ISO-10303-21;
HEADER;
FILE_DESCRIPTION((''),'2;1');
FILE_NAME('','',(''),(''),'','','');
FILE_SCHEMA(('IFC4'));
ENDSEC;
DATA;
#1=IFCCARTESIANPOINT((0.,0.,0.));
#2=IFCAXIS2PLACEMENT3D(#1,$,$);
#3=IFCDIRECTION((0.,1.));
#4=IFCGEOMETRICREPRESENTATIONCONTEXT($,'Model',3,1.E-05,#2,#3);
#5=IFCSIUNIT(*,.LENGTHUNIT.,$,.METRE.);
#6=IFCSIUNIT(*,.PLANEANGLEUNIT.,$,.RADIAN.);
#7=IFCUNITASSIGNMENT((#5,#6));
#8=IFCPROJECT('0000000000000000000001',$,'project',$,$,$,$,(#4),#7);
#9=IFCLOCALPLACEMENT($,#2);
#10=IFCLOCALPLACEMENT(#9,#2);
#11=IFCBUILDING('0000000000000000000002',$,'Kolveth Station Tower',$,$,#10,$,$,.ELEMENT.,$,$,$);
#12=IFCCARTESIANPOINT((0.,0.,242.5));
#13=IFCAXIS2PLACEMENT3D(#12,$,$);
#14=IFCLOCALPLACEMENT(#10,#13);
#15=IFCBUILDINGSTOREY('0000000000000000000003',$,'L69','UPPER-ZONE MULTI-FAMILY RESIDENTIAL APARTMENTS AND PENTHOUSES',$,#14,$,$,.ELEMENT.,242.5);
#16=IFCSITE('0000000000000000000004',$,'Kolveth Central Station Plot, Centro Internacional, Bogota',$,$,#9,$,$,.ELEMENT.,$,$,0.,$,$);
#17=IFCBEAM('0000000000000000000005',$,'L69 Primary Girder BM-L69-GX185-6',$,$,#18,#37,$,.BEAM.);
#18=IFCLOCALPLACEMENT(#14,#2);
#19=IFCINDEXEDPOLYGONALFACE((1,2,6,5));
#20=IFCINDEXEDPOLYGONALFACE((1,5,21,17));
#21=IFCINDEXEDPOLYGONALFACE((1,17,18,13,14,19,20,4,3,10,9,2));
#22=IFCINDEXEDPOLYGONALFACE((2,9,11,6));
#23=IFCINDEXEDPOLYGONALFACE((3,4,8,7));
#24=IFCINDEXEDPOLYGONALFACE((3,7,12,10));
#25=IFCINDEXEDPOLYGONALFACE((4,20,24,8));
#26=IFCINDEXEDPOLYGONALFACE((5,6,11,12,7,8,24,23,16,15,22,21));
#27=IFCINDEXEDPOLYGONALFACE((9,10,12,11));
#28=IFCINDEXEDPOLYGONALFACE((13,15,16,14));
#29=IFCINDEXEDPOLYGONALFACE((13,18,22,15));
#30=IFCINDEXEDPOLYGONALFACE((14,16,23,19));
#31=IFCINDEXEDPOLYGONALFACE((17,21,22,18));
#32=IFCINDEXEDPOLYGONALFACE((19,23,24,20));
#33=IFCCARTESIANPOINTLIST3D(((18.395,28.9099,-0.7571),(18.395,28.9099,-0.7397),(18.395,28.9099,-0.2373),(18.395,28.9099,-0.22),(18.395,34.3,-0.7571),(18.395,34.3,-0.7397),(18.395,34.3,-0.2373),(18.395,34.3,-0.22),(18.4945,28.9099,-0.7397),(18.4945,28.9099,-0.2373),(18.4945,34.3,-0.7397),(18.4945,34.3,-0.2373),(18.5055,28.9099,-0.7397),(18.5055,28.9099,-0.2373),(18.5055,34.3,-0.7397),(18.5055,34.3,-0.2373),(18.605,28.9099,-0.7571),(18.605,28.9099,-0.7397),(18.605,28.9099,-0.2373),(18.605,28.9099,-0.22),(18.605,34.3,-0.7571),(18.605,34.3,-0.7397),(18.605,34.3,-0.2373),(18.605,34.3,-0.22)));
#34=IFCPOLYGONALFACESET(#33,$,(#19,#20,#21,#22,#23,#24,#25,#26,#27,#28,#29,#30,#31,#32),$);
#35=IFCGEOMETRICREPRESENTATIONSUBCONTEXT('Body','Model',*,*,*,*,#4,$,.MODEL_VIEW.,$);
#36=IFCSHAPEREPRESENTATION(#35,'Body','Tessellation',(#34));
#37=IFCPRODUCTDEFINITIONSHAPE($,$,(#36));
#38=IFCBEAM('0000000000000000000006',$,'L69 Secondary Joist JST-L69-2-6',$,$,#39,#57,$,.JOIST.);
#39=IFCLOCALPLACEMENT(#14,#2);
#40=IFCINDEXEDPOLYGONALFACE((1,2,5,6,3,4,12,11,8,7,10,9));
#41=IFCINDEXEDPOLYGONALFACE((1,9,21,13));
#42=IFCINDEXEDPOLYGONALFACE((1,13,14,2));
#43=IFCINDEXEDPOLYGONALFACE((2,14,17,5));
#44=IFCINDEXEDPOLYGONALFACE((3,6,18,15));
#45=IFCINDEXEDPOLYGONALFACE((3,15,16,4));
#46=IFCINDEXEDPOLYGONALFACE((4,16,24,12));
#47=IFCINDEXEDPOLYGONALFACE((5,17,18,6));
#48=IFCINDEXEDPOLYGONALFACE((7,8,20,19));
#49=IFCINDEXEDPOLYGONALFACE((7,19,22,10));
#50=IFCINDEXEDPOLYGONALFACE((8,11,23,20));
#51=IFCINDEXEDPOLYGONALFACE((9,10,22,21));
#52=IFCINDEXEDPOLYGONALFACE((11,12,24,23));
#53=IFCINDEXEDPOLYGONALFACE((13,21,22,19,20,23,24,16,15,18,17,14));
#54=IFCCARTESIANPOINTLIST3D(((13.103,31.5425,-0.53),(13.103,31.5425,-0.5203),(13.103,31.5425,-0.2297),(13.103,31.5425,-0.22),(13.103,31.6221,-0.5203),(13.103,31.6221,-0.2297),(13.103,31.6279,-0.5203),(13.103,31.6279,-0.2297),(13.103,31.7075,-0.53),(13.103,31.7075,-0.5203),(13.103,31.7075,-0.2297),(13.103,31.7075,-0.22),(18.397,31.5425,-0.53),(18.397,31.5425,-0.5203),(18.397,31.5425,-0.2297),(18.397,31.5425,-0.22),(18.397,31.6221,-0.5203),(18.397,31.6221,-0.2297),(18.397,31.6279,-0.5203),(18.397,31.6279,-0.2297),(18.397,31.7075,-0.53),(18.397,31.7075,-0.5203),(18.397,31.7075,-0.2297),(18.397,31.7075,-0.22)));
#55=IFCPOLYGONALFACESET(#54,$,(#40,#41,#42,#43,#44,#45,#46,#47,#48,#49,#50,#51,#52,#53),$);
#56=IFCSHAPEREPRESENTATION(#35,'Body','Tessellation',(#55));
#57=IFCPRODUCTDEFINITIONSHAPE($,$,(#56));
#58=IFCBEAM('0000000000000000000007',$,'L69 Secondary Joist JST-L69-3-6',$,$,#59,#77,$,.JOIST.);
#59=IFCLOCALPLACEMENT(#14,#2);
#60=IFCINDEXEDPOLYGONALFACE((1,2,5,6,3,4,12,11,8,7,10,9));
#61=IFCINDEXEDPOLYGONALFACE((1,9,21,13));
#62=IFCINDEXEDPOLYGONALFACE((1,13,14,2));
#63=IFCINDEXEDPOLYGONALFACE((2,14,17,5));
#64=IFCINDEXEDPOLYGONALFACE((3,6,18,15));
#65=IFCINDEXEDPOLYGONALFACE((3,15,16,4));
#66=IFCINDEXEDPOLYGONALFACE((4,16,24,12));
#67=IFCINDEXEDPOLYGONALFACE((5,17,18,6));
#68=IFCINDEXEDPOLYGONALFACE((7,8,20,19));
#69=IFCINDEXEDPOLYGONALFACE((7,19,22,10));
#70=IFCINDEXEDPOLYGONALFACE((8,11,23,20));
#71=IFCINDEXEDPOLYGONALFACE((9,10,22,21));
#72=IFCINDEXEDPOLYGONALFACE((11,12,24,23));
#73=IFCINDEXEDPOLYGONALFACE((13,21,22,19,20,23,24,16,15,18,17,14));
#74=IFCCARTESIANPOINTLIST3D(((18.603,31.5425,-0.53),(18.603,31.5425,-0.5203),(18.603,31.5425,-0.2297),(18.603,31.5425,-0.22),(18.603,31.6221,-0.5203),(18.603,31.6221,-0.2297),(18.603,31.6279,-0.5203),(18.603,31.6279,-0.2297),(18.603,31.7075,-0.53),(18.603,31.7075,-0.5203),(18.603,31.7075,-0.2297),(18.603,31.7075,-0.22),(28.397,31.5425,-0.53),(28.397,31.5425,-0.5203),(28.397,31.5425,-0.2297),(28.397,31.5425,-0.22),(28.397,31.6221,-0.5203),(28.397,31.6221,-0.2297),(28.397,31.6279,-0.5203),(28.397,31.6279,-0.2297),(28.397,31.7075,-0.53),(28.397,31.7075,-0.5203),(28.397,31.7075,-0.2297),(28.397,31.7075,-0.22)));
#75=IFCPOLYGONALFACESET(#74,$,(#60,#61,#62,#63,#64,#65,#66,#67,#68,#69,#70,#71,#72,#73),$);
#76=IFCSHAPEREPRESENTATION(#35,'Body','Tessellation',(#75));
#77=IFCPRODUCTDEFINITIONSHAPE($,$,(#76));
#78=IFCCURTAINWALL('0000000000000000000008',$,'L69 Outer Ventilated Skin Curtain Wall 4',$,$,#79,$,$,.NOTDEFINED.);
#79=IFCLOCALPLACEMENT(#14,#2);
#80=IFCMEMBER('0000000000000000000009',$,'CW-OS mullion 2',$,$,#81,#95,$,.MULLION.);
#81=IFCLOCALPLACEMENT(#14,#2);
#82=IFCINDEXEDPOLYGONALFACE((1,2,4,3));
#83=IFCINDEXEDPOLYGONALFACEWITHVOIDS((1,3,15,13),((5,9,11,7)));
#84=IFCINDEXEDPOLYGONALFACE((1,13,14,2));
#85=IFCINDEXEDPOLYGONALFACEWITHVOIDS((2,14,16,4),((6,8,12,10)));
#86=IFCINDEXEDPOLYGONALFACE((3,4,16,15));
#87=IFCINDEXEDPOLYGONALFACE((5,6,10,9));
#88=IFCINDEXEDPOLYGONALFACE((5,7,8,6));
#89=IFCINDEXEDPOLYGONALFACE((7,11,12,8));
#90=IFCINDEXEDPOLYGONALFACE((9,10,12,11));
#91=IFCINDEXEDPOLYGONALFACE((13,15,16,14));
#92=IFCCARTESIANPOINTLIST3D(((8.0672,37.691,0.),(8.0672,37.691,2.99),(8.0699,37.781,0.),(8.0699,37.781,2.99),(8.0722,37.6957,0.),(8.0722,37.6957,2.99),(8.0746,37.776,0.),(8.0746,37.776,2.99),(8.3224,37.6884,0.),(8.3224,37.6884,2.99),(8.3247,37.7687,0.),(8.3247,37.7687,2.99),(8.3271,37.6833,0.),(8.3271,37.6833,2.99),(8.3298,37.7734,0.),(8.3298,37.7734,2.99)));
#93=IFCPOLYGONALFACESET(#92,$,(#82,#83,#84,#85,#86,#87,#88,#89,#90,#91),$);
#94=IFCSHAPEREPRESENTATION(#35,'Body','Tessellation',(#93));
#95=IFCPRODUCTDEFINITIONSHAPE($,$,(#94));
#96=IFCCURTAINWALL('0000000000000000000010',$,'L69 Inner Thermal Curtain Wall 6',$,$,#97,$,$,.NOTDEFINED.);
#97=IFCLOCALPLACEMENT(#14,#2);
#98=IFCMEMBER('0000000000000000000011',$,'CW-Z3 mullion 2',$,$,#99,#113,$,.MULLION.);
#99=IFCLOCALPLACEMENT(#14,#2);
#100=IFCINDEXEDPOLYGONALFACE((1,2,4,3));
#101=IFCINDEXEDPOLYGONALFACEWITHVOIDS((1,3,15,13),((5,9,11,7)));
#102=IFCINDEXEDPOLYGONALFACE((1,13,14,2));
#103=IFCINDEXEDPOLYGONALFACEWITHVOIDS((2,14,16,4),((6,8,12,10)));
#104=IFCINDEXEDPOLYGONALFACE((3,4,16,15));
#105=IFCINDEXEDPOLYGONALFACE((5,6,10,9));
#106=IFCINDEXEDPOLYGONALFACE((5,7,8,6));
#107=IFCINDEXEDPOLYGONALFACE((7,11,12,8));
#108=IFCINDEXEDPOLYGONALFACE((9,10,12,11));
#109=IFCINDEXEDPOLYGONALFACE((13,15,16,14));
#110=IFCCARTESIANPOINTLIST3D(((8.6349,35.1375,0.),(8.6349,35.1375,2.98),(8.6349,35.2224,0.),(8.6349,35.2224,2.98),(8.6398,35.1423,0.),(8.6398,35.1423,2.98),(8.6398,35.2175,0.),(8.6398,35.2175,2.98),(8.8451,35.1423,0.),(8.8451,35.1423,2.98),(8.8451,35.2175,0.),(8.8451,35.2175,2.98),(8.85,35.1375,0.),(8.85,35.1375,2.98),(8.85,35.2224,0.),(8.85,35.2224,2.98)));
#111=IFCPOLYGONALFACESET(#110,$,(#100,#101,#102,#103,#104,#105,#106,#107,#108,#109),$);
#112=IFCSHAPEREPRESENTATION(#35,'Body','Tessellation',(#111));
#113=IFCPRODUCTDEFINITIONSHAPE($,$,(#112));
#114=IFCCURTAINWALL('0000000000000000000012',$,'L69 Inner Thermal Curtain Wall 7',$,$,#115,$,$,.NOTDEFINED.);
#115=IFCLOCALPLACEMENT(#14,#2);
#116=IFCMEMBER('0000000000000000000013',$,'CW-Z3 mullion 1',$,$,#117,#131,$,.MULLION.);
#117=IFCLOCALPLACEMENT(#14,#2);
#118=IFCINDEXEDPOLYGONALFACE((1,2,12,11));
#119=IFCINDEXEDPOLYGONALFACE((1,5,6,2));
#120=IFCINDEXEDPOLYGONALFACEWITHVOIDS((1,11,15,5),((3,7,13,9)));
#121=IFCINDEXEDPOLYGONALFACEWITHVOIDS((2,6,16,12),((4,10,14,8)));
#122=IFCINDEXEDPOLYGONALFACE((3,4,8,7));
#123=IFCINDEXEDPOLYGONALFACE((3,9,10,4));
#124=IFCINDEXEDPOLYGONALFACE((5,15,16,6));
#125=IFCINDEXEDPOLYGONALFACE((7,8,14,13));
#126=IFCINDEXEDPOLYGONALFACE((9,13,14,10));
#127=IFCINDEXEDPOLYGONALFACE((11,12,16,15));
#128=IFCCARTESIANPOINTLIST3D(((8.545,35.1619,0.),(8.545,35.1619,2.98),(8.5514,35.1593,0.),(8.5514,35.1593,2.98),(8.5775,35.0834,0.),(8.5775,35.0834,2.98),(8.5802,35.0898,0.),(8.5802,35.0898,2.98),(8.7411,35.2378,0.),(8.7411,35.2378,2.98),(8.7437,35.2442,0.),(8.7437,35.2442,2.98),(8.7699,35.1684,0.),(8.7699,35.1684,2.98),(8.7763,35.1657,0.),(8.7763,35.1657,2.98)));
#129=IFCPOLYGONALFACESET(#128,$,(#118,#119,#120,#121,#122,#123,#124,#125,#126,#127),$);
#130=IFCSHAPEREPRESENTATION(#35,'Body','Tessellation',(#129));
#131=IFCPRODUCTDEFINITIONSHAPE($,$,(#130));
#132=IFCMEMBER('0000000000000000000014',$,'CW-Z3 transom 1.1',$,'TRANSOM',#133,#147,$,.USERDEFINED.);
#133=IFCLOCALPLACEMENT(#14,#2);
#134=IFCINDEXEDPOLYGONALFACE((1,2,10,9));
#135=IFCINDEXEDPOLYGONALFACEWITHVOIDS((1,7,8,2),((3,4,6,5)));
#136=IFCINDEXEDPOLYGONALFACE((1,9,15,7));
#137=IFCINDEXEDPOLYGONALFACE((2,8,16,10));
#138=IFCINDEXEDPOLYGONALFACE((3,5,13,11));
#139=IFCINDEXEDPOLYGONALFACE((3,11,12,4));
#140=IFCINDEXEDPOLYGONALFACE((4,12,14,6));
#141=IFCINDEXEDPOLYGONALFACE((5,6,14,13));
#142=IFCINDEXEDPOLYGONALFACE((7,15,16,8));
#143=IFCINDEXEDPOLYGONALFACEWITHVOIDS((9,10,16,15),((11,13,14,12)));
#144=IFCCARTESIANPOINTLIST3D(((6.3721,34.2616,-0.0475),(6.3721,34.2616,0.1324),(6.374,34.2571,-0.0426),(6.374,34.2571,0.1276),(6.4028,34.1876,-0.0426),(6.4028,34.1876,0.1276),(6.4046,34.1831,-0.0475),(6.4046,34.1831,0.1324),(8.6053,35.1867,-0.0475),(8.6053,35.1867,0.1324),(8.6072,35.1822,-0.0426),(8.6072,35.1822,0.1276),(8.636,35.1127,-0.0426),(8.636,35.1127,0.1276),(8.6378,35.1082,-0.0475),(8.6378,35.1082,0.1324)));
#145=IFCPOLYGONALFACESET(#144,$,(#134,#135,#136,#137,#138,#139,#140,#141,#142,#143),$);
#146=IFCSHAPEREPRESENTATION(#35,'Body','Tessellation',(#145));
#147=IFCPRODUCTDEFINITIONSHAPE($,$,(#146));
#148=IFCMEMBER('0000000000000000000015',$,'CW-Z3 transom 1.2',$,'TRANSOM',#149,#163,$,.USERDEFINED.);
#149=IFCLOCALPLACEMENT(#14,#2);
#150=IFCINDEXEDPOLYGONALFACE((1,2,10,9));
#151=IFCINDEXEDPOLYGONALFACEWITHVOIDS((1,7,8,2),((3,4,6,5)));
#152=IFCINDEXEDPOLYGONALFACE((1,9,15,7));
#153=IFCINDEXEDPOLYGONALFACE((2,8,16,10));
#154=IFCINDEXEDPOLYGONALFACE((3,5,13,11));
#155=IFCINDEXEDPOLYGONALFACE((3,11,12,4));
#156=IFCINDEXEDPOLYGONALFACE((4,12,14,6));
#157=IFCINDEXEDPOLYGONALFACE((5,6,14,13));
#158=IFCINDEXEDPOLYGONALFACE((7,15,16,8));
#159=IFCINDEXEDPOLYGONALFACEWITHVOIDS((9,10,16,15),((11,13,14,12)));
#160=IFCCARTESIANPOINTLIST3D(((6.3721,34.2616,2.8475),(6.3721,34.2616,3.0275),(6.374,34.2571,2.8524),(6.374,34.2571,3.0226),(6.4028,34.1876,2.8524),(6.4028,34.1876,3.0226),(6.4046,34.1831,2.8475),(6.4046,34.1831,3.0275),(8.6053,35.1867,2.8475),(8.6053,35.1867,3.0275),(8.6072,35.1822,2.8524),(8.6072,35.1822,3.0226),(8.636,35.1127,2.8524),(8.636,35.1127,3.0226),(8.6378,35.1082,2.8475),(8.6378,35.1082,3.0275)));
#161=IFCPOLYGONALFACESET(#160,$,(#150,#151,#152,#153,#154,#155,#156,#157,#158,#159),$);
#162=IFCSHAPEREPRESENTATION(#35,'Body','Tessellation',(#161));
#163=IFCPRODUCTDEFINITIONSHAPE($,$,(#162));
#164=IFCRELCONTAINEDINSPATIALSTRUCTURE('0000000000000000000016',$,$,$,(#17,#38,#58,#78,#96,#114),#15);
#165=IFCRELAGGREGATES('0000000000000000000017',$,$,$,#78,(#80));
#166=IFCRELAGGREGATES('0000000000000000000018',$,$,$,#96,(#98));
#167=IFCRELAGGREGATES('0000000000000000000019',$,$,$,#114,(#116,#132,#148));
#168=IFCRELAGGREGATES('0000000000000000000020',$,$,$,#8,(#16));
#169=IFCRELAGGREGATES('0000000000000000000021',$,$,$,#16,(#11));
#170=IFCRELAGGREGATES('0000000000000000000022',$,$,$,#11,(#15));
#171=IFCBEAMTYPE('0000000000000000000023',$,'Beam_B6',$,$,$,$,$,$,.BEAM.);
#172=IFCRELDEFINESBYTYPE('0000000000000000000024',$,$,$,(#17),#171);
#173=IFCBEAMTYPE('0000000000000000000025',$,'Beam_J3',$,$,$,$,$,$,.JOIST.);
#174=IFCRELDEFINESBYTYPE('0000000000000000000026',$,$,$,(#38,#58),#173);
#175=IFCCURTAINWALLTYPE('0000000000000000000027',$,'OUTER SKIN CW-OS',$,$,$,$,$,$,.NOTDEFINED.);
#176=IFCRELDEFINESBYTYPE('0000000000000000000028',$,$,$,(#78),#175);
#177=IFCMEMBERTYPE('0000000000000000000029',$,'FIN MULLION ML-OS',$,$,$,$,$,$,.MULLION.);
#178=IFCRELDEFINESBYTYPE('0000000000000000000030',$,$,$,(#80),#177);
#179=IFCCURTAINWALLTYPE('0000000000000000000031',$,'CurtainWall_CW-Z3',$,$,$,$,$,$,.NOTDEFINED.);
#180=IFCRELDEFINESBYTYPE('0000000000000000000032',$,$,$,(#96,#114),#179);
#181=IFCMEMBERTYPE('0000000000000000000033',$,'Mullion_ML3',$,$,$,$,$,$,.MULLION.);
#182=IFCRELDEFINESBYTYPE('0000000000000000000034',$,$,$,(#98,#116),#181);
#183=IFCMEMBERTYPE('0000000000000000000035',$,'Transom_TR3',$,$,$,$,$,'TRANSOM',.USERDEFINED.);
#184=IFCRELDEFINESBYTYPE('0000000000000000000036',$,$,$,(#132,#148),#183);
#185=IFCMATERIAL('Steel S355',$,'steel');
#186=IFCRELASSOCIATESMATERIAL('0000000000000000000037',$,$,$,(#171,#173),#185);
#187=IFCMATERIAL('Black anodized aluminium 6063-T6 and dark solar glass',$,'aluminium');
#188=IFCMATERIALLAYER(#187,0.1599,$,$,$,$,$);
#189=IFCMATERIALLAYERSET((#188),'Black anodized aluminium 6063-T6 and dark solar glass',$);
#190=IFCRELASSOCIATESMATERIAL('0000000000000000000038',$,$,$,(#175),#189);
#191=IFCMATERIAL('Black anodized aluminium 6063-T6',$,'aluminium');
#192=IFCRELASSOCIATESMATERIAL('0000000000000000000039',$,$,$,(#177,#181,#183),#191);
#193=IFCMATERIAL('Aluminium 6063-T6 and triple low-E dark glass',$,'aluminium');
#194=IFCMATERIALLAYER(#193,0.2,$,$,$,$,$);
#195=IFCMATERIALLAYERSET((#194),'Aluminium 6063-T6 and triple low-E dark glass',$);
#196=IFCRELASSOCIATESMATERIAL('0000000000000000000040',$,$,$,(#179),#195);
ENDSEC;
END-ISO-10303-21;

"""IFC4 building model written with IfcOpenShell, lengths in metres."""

from ifc_helpers import new_model, si_unit, direction, frame, origin, origin_2d, place, context, subcontext, project, spatial, hollow_rectangle, i_section, extrude, source, transform, mapped, material, layer, layer_set, material_profile, profile_set, type_object, element, aggregate, save


model = new_model("IFC4")

# Units and contexts
model_context = context("Model", 3, precision=1e-05, world=origin(), true_north=direction((0.0, 1.0)))
body_context = subcontext(model_context, "Body", "Model", "MODEL_VIEW")
ifc_project = project(units=[si_unit("LENGTHUNIT", "METRE"), si_unit("PLANEANGLEUNIT", "RADIAN")], contexts=[model_context])

# Site, building, storey
site_placement = place(None, origin())
site = spatial("IfcSite", under=ifc_project, at=site_placement, Name="Kolveth Central Station Plot, Centro Internacional, Bogota", CompositionType="ELEMENT", RefElevation=0.0)
building_placement = place(site_placement, origin())
building = spatial("IfcBuilding", under=site, at=building_placement, Name="Kolveth Station Tower", CompositionType="ELEMENT")
storey_placement = place(building_placement, frame((0.0, 0.0, 242.5)))
storey = spatial("IfcBuildingStorey", under=building, at=storey_placement, Name="L69", Description="UPPER-ZONE MULTI-FAMILY RESIDENTIAL APARTMENTS AND PENTHOUSES", CompositionType="ELEMENT", Elevation=242.5)

# Shared definitions
ifc_material_1 = material(Name="Steel S355", Category="steel")

# Beams
ifc_material_profile_1 = material_profile(ifc_material_1, i_section(OverallWidth=0.21, OverallDepth=0.5371, WebThickness=0.011, FlangeThickness=0.0173, at=origin_2d()), Name="W530x101")
ifc_profile_set_1 = profile_set([ifc_material_profile_1], Name="Steel S355")
beam_type_1 = type_object("IfcBeamType", Name="Beam_B6", PredefinedType="BEAM", material=ifc_profile_set_1)
shared_shape_1 = source(origin(), body_context, "Body", "SweptSolid", [
    extrude(i_section(OverallWidth=0.21, OverallDepth=0.5371, WebThickness=0.011, FlangeThickness=0.0173, at=origin_2d()), origin(), (0.0, 0.0, 1.0), 5.3901),
])
beam_1_placement = place(storey_placement, frame((18.5, 28.9099, -0.4885), z_axis=(0.0, 1.0, 0.0), x_axis=(-1.0, 0.0, 0.0)))
element("IfcBeam", 1, at=beam_1_placement, inside=storey, type_object=beam_type_1, Name="L69 Primary Girder BM-L69-GX185-6", PredefinedType="BEAM", context=body_context, shape_type="MappedRepresentation", body=[
    mapped(shared_shape_1, transform((0.0, 0.0, 0.0), x_axis=(1.0, 0.0, 0.0), y_axis=(0.0, 1.0, 0.0), z_axis=(0.0, 0.0, 1.0), scale=1.0)),
])
ifc_material_profile_2 = material_profile(ifc_material_1, i_section(OverallWidth=0.165, OverallDepth=0.3101, WebThickness=0.0059, FlangeThickness=0.0098, at=origin_2d()), Name="W310x39")
ifc_profile_set_2 = profile_set([ifc_material_profile_2], Name="Steel S355")
beam_type_2 = type_object("IfcBeamType", Name="Beam_J3", PredefinedType="JOIST", material=ifc_profile_set_2)
shared_shape_2 = source(origin(), body_context, "Body", "SweptSolid", [
    extrude(i_section(OverallWidth=0.165, OverallDepth=0.3101, WebThickness=0.0059, FlangeThickness=0.0098, at=origin_2d()), origin(), (0.0, 0.0, 1.0), 5.2939),
])
beam_2_placement = place(storey_placement, frame((13.103, 31.625, -0.375), z_axis=(1.0, 0.0, 0.0), x_axis=(0.0, 1.0, 0.0)))
element("IfcBeam", 2, at=beam_2_placement, inside=storey, type_object=beam_type_2, Name="L69 Secondary Joist JST-L69-2-6", PredefinedType="JOIST", context=body_context, shape_type="MappedRepresentation", body=[
    mapped(shared_shape_2, transform((0.0, 0.0, 0.0), x_axis=(1.0, 0.0, 0.0), y_axis=(0.0, 1.0, 0.0), z_axis=(0.0, 0.0, 1.0), scale=1.0)),
])
shared_shape_3 = source(origin(), body_context, "Body", "SweptSolid", [
    extrude(i_section(OverallWidth=0.165, OverallDepth=0.3101, WebThickness=0.0059, FlangeThickness=0.0098, at=origin_2d()), origin(), (0.0, 0.0, 1.0), 9.7939),
])
beam_3_placement = place(storey_placement, frame((18.603, 31.625, -0.375), z_axis=(1.0, 0.0, 0.0), x_axis=(0.0, 1.0, 0.0)))
element("IfcBeam", 3, at=beam_3_placement, inside=storey, type_object=beam_type_2, Name="L69 Secondary Joist JST-L69-3-6", PredefinedType="JOIST", context=body_context, shape_type="MappedRepresentation", body=[
    mapped(shared_shape_3, transform((0.0, 0.0, 0.0), x_axis=(1.0, 0.0, 0.0), y_axis=(0.0, 1.0, 0.0), z_axis=(0.0, 0.0, 1.0), scale=1.0)),
])

# Curtain walls, members
ifc_material_2 = material(Name="Black anodized aluminium 6063-T6 and dark solar glass", Category="aluminium")
ifc_layer_1 = layer(ifc_material_2, 0.1599)
ifc_layer_set_1 = layer_set([ifc_layer_1], Name="Black anodized aluminium 6063-T6 and dark solar glass")
curtain_wall_type_1 = type_object("IfcCurtainWallType", Name="OUTER SKIN CW-OS", PredefinedType="NOTDEFINED", material=ifc_layer_set_1)
curtain_wall_1_placement = place(storey_placement, origin())
curtain_wall_1 = element("IfcCurtainWall", 4, at=curtain_wall_1_placement, inside=storey, type_object=curtain_wall_type_1, Name="L69 Outer Ventilated Skin Curtain Wall 4", PredefinedType="NOTDEFINED")
ifc_material_3 = material(Name="Black anodized aluminium 6063-T6", Category="aluminium")
ifc_material_profile_3 = material_profile(ifc_material_3, hollow_rectangle(XDim=0.0901, YDim=0.26, WallThickness=0.0049, at=origin_2d()), Name="ALU-90x260x5")
ifc_profile_set_3 = profile_set([ifc_material_profile_3], Name="Black anodized aluminium 6063-T6")
member_type_1 = type_object("IfcMemberType", Name="FIN MULLION ML-OS", PredefinedType="MULLION", material=ifc_profile_set_3)
shared_shape_4 = source(origin(), body_context, "Body", "SweptSolid", [
    extrude(hollow_rectangle(XDim=0.0901, YDim=0.26, WallThickness=0.0049, at=origin_2d()), origin(), (0.0, 0.0, 1.0), 2.99),
])
member_1_placement = place(storey_placement, frame((8.1985, 37.7322, 0.0), z_axis=(0.0, 0.0, 1.0), x_axis=(-0.029313, -0.99957, 0.0)))
member_1 = element("IfcMember", 5, at=member_1_placement, type_object=member_type_1, Name="CW-OS mullion 2", PredefinedType="MULLION", context=body_context, shape_type="MappedRepresentation", body=[
    mapped(shared_shape_4, transform((0.0, 0.0, 0.0), x_axis=(1.0, 0.0, 0.0), y_axis=(0.0, 1.0, 0.0), z_axis=(0.0, 0.0, 1.0), scale=1.0)),
])
aggregate(curtain_wall_1, [member_1])
ifc_material_4 = material(Name="Aluminium 6063-T6 and triple low-E dark glass", Category="aluminium")
ifc_layer_2 = layer(ifc_material_4, 0.2)
ifc_layer_set_2 = layer_set([ifc_layer_2], Name="Aluminium 6063-T6 and triple low-E dark glass")
curtain_wall_type_2 = type_object("IfcCurtainWallType", Name="CurtainWall_CW-Z3", PredefinedType="NOTDEFINED", material=ifc_layer_set_2)
curtain_wall_2_placement = place(storey_placement, origin())
curtain_wall_2 = element("IfcCurtainWall", 6, at=curtain_wall_2_placement, inside=storey, type_object=curtain_wall_type_2, Name="L69 Inner Thermal Curtain Wall 6", PredefinedType="NOTDEFINED")
ifc_material_profile_4 = material_profile(ifc_material_3, hollow_rectangle(XDim=0.085, YDim=0.2151, WallThickness=0.0049, at=origin_2d()), Name="ALU-85x215x5")
ifc_profile_set_4 = profile_set([ifc_material_profile_4], Name="Black anodized aluminium 6063-T6")
member_type_2 = type_object("IfcMemberType", Name="Mullion_ML3", PredefinedType="MULLION", material=ifc_profile_set_4)
shared_shape_5 = source(origin(), body_context, "Body", "SweptSolid", [
    extrude(hollow_rectangle(XDim=0.085, YDim=0.2151, WallThickness=0.0049, at=origin_2d()), origin(), (0.0, 0.0, 1.0), 2.98),
])
member_2_placement = place(storey_placement, frame((8.7424, 35.1799, 0.0), z_axis=(0.0, 0.0, 1.0), x_axis=(0.0, -1.0, 0.0)))
member_2 = element("IfcMember", 7, at=member_2_placement, type_object=member_type_2, Name="CW-Z3 mullion 2", PredefinedType="MULLION", context=body_context, shape_type="MappedRepresentation", body=[
    mapped(shared_shape_5, transform((0.0, 0.0, 0.0), x_axis=(1.0, 0.0, 0.0), y_axis=(0.0, 1.0, 0.0), z_axis=(0.0, 0.0, 1.0), scale=1.0)),
])
aggregate(curtain_wall_2, [member_2])

# Curtain wall, members
curtain_wall_3_placement = place(storey_placement, origin())
curtain_wall_3 = element("IfcCurtainWall", 8, at=curtain_wall_3_placement, inside=storey, type_object=curtain_wall_type_2, Name="L69 Inner Thermal Curtain Wall 7", PredefinedType="NOTDEFINED")
member_3_placement = place(storey_placement, frame((8.6606, 35.1638, 0.0), z_axis=(0.0, 0.0, 1.0), x_axis=(0.382693, -0.923875, 0.0)))
member_3 = element("IfcMember", 9, at=member_3_placement, type_object=member_type_2, Name="CW-Z3 mullion 1", PredefinedType="MULLION", context=body_context, shape_type="MappedRepresentation", body=[
    mapped(shared_shape_5, transform((0.0, 0.0, 0.0), x_axis=(1.0, 0.0, 0.0), y_axis=(0.0, 1.0, 0.0), z_axis=(0.0, 0.0, 1.0), scale=1.0)),
])
ifc_material_profile_5 = material_profile(ifc_material_3, hollow_rectangle(XDim=0.085, YDim=0.1799, WallThickness=0.0049, at=origin_2d()), Name="ALU-85x180x5")
ifc_profile_set_5 = profile_set([ifc_material_profile_5], Name="Black anodized aluminium 6063-T6")
member_type_3 = type_object("IfcMemberType", Name="Transom_TR3", ElementType="TRANSOM", PredefinedType="USERDEFINED", material=ifc_profile_set_5)
shared_shape_6 = source(origin(), body_context, "Body", "SweptSolid", [
    extrude(hollow_rectangle(XDim=0.085, YDim=0.1799, WallThickness=0.0049, at=origin_2d()), origin(), (0.0, 0.0, 1.0), 2.4172),
])
member_4_placement = place(storey_placement, frame((8.6216, 35.1475, 0.0425), z_axis=(-0.923873, -0.3827, 0.0), x_axis=(0.3827, -0.923873, 0.0)))
member_4 = element("IfcMember", 10, at=member_4_placement, type_object=member_type_3, Name="CW-Z3 transom 1.1", ObjectType="TRANSOM", PredefinedType="USERDEFINED", context=body_context, shape_type="MappedRepresentation", body=[
    mapped(shared_shape_6, transform((0.0, 0.0, 0.0), x_axis=(1.0, 0.0, 0.0), y_axis=(0.0, 1.0, 0.0), z_axis=(0.0, 0.0, 1.0), scale=1.0)),
])
member_5_placement = place(storey_placement, frame((8.6216, 35.1475, 2.9375), z_axis=(-0.923873, -0.3827, 0.0), x_axis=(0.3827, -0.923873, 0.0)))
member_5 = element("IfcMember", 11, at=member_5_placement, type_object=member_type_3, Name="CW-Z3 transom 1.2", ObjectType="TRANSOM", PredefinedType="USERDEFINED", context=body_context, shape_type="MappedRepresentation", body=[
    mapped(shared_shape_6, transform((0.0, 0.0, 0.0), x_axis=(1.0, 0.0, 0.0), y_axis=(0.0, 1.0, 0.0), z_axis=(0.0, 0.0, 1.0), scale=1.0)),
])
aggregate(curtain_wall_3, [member_3, member_4, member_5])

save(model, "model.ifc")
